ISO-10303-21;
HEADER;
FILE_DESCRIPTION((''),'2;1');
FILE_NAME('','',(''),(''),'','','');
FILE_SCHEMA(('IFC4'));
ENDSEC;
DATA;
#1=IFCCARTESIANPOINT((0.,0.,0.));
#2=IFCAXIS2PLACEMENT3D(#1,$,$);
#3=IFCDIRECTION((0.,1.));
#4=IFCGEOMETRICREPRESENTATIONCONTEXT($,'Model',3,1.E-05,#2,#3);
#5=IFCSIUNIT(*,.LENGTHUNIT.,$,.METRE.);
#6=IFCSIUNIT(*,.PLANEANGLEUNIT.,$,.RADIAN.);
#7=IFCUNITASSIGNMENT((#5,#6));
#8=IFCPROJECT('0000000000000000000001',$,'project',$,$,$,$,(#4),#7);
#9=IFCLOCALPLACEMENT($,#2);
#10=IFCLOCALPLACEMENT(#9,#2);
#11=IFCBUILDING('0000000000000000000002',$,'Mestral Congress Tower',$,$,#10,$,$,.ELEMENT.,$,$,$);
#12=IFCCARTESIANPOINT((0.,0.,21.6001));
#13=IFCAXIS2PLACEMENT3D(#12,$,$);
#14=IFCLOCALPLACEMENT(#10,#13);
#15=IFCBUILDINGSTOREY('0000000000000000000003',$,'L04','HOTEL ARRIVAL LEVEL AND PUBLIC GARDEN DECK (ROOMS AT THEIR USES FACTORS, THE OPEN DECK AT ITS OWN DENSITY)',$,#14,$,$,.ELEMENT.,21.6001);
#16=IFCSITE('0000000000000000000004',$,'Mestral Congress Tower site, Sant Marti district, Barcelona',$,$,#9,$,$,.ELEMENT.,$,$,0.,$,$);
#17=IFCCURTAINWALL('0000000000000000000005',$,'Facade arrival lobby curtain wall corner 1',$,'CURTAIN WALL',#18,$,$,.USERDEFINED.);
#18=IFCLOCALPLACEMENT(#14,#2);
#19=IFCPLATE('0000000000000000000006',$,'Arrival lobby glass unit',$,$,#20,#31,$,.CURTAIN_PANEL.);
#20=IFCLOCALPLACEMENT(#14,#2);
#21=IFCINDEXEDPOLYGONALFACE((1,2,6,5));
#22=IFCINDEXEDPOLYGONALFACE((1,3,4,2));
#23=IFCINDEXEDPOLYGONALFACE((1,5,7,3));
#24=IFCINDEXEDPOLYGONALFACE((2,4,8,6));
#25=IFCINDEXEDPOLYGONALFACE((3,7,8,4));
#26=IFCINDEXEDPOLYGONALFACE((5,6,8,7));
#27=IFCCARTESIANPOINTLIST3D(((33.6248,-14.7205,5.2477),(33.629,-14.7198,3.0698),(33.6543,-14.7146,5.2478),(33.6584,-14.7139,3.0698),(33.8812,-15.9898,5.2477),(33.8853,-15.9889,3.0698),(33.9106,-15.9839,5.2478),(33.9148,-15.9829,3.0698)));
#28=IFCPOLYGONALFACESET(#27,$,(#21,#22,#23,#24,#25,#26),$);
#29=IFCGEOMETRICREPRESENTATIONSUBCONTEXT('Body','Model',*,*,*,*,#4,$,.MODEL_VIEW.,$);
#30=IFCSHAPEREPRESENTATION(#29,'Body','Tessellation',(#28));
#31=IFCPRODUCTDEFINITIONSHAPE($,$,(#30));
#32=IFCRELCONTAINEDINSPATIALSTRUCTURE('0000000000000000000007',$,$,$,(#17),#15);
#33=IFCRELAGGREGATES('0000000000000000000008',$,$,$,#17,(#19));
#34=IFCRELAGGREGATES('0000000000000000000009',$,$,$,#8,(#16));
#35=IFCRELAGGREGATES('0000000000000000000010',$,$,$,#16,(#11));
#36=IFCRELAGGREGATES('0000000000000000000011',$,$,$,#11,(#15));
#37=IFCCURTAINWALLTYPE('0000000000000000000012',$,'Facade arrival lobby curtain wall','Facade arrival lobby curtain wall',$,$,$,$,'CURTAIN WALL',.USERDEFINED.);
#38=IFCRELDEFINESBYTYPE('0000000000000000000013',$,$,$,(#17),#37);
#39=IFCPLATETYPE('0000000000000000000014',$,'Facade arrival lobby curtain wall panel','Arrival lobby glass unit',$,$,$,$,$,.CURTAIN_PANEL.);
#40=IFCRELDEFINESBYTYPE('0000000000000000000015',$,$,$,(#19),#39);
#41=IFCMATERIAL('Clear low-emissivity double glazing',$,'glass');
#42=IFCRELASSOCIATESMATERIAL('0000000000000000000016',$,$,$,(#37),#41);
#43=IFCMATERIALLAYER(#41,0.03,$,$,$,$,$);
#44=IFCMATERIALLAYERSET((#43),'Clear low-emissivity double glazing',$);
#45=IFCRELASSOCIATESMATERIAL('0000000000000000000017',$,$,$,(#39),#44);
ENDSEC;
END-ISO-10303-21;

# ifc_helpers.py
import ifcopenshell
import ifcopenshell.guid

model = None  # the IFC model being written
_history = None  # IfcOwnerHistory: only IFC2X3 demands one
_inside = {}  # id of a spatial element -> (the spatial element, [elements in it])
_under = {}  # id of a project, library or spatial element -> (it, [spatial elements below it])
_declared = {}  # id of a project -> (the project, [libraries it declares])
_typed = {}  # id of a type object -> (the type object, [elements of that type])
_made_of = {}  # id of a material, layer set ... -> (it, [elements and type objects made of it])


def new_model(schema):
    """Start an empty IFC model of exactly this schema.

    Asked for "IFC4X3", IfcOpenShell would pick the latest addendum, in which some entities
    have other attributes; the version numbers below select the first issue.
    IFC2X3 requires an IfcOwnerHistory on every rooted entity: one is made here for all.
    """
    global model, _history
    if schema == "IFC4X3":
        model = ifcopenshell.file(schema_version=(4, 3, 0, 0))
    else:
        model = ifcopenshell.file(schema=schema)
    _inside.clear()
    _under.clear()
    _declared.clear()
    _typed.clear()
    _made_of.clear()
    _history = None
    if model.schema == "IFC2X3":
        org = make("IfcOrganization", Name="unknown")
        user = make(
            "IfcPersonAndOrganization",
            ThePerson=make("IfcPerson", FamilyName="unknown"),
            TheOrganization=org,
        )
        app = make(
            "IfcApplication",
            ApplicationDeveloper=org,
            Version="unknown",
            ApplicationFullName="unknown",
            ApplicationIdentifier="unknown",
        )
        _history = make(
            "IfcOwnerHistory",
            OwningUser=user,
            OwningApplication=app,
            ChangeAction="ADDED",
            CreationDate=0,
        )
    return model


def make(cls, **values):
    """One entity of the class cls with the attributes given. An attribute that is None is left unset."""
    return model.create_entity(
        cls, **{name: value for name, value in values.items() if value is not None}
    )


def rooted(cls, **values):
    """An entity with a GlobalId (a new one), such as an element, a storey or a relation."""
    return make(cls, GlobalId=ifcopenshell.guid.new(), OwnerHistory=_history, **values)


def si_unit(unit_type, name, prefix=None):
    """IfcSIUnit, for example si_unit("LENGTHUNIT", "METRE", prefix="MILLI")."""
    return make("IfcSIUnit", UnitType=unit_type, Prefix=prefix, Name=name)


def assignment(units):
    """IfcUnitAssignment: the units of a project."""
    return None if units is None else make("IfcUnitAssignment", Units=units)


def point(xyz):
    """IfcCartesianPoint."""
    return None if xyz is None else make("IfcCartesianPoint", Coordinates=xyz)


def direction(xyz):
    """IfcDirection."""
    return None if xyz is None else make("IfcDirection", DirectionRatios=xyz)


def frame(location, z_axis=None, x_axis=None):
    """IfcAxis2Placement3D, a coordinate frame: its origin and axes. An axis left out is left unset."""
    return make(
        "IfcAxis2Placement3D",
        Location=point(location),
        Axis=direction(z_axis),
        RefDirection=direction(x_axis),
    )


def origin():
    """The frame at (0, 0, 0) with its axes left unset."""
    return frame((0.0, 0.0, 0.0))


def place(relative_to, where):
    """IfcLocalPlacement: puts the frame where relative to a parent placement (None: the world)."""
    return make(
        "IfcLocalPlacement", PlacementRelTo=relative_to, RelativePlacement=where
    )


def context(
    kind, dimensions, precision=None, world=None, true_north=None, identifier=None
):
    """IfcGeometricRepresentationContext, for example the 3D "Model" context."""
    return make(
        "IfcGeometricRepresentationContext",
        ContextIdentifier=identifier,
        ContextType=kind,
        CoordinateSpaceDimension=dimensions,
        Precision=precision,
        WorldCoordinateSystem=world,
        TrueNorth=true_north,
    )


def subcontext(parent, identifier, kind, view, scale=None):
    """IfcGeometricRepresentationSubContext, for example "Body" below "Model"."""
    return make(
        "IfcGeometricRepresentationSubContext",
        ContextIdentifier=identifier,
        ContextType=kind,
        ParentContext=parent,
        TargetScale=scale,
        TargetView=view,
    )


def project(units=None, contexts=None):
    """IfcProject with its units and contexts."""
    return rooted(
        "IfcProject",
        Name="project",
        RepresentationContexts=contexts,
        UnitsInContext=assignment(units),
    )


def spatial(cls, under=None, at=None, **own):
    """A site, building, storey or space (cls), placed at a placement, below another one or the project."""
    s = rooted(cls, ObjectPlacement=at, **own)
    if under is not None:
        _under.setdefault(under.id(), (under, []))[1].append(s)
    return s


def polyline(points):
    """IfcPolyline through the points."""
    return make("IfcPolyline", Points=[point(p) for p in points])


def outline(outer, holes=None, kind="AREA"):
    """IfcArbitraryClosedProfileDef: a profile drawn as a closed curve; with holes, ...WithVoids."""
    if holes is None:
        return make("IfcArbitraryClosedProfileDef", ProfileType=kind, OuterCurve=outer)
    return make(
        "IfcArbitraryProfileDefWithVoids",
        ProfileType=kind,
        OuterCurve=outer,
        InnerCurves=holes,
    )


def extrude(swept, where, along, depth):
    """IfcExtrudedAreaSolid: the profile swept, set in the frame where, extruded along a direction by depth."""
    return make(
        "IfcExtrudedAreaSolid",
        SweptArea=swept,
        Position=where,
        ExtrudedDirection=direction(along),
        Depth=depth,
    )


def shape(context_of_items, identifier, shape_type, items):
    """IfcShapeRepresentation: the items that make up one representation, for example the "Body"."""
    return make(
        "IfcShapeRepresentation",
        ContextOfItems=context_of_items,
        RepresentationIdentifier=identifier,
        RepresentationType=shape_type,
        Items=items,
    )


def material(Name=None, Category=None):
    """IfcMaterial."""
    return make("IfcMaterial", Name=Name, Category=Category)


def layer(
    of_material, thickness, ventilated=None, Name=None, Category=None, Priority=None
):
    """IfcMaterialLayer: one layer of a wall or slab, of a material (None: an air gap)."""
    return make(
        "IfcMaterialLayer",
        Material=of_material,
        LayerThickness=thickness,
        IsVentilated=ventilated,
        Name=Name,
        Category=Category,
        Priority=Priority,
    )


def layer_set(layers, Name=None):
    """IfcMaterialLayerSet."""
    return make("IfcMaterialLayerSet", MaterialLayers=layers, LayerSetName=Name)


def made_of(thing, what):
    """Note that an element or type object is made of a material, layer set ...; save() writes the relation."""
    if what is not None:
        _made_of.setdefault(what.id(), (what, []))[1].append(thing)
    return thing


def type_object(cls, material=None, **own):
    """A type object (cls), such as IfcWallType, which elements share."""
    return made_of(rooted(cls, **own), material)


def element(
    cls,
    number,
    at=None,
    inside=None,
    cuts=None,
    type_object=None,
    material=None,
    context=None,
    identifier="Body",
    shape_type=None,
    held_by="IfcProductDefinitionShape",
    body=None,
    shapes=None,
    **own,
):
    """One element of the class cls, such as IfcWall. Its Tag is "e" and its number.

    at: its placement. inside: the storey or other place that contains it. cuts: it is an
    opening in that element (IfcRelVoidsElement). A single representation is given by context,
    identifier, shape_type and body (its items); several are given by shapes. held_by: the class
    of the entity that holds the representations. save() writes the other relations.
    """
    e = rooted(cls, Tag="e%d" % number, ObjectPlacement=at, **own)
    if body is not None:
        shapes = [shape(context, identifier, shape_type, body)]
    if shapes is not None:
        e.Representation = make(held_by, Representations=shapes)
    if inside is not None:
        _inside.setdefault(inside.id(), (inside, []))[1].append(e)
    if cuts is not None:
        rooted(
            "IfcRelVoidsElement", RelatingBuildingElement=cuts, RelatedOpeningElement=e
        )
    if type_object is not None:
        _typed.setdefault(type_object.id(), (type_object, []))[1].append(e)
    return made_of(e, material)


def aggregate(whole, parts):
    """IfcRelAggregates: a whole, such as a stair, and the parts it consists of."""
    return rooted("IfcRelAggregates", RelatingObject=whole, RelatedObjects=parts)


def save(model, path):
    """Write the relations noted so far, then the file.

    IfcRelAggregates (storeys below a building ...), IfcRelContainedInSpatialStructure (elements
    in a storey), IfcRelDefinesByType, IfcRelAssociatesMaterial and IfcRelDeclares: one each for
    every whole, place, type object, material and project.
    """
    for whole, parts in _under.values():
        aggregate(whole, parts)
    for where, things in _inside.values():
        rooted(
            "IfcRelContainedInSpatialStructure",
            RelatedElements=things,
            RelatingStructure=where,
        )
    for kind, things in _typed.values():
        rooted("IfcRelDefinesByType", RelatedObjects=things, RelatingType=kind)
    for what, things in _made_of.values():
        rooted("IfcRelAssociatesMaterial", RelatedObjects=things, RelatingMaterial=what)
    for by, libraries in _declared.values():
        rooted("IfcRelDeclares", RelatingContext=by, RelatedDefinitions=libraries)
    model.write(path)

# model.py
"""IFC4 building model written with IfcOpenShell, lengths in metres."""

from ifc_helpers import new_model, si_unit, direction, frame, origin, place, context, subcontext, project, spatial, polyline, outline, extrude, material, layer, layer_set, type_object, element, aggregate, save


model = new_model("IFC4")

# Units and contexts
model_context = context("Model", 3, precision=1e-05, world=origin(), true_north=direction((0.0, 1.0)))
body_context = subcontext(model_context, "Body", "Model", "MODEL_VIEW")
ifc_project = project(units=[si_unit("LENGTHUNIT", "METRE"), si_unit("PLANEANGLEUNIT", "RADIAN")], contexts=[model_context])

# Site, building, storey
site_placement = place(None, origin())
site = spatial("IfcSite", under=ifc_project, at=site_placement, Name="Mestral Congress Tower site, Sant Marti district, Barcelona", CompositionType="ELEMENT", RefElevation=0.0)
building_placement = place(site_placement, origin())
building = spatial("IfcBuilding", under=site, at=building_placement, Name="Mestral Congress Tower", CompositionType="ELEMENT")
storey_placement = place(building_placement, frame((0.0, 0.0, 21.6001)))
storey = spatial("IfcBuildingStorey", under=building, at=storey_placement, Name="L04", Description="HOTEL ARRIVAL LEVEL AND PUBLIC GARDEN DECK (ROOMS AT THEIR USES FACTORS, THE OPEN DECK AT ITS OWN DENSITY)", CompositionType="ELEMENT", Elevation=21.6001)

# Shared definitions
ifc_material_1 = material(Name="Clear low-emissivity double glazing", Category="glass")
curtain_wall_type = type_object("IfcCurtainWallType", Name="Facade arrival lobby curtain wall", Description="Facade arrival lobby curtain wall", ElementType="CURTAIN WALL", PredefinedType="USERDEFINED", material=ifc_material_1)
placement = place(storey_placement, origin())

# Curtain wall
curtain_wall_1 = element("IfcCurtainWall", 1, at=placement, inside=storey, type_object=curtain_wall_type, Name="Facade arrival lobby curtain wall corner 1", ObjectType="CURTAIN WALL", PredefinedType="USERDEFINED")

# Plate
ifc_layer = layer(ifc_material_1, 0.03)
ifc_layer_set = layer_set([ifc_layer], Name="Clear low-emissivity double glazing")
plate_type = type_object("IfcPlateType", Name="Facade arrival lobby curtain wall panel", Description="Arrival lobby glass unit", PredefinedType="CURTAIN_PANEL", material=ifc_layer_set)
plate_1_placement = place(storey_placement, frame((33.6584, -14.7139, 3.0698), z_axis=(0.980204, 0.197983, 0.001946), x_axis=(0.197983, -0.980205, 0.0)))
plate_1 = element("IfcPlate", 2, at=plate_1_placement, type_object=plate_type, Name="Arrival lobby glass unit", PredefinedType="CURTAIN_PANEL", context=body_context, shape_type="SweptSolid", body=[
    extrude(outline(polyline([(0.0, 0.0), (1.2947, 0.0), (1.2948, -2.178), (-0.0001, -2.178), (0.0, 0.0)])), origin(), (0.0, 0.0, -1.0), 0.03),
])
aggregate(curtain_wall_1, [plate_1])

save(model, "model.ifc")
